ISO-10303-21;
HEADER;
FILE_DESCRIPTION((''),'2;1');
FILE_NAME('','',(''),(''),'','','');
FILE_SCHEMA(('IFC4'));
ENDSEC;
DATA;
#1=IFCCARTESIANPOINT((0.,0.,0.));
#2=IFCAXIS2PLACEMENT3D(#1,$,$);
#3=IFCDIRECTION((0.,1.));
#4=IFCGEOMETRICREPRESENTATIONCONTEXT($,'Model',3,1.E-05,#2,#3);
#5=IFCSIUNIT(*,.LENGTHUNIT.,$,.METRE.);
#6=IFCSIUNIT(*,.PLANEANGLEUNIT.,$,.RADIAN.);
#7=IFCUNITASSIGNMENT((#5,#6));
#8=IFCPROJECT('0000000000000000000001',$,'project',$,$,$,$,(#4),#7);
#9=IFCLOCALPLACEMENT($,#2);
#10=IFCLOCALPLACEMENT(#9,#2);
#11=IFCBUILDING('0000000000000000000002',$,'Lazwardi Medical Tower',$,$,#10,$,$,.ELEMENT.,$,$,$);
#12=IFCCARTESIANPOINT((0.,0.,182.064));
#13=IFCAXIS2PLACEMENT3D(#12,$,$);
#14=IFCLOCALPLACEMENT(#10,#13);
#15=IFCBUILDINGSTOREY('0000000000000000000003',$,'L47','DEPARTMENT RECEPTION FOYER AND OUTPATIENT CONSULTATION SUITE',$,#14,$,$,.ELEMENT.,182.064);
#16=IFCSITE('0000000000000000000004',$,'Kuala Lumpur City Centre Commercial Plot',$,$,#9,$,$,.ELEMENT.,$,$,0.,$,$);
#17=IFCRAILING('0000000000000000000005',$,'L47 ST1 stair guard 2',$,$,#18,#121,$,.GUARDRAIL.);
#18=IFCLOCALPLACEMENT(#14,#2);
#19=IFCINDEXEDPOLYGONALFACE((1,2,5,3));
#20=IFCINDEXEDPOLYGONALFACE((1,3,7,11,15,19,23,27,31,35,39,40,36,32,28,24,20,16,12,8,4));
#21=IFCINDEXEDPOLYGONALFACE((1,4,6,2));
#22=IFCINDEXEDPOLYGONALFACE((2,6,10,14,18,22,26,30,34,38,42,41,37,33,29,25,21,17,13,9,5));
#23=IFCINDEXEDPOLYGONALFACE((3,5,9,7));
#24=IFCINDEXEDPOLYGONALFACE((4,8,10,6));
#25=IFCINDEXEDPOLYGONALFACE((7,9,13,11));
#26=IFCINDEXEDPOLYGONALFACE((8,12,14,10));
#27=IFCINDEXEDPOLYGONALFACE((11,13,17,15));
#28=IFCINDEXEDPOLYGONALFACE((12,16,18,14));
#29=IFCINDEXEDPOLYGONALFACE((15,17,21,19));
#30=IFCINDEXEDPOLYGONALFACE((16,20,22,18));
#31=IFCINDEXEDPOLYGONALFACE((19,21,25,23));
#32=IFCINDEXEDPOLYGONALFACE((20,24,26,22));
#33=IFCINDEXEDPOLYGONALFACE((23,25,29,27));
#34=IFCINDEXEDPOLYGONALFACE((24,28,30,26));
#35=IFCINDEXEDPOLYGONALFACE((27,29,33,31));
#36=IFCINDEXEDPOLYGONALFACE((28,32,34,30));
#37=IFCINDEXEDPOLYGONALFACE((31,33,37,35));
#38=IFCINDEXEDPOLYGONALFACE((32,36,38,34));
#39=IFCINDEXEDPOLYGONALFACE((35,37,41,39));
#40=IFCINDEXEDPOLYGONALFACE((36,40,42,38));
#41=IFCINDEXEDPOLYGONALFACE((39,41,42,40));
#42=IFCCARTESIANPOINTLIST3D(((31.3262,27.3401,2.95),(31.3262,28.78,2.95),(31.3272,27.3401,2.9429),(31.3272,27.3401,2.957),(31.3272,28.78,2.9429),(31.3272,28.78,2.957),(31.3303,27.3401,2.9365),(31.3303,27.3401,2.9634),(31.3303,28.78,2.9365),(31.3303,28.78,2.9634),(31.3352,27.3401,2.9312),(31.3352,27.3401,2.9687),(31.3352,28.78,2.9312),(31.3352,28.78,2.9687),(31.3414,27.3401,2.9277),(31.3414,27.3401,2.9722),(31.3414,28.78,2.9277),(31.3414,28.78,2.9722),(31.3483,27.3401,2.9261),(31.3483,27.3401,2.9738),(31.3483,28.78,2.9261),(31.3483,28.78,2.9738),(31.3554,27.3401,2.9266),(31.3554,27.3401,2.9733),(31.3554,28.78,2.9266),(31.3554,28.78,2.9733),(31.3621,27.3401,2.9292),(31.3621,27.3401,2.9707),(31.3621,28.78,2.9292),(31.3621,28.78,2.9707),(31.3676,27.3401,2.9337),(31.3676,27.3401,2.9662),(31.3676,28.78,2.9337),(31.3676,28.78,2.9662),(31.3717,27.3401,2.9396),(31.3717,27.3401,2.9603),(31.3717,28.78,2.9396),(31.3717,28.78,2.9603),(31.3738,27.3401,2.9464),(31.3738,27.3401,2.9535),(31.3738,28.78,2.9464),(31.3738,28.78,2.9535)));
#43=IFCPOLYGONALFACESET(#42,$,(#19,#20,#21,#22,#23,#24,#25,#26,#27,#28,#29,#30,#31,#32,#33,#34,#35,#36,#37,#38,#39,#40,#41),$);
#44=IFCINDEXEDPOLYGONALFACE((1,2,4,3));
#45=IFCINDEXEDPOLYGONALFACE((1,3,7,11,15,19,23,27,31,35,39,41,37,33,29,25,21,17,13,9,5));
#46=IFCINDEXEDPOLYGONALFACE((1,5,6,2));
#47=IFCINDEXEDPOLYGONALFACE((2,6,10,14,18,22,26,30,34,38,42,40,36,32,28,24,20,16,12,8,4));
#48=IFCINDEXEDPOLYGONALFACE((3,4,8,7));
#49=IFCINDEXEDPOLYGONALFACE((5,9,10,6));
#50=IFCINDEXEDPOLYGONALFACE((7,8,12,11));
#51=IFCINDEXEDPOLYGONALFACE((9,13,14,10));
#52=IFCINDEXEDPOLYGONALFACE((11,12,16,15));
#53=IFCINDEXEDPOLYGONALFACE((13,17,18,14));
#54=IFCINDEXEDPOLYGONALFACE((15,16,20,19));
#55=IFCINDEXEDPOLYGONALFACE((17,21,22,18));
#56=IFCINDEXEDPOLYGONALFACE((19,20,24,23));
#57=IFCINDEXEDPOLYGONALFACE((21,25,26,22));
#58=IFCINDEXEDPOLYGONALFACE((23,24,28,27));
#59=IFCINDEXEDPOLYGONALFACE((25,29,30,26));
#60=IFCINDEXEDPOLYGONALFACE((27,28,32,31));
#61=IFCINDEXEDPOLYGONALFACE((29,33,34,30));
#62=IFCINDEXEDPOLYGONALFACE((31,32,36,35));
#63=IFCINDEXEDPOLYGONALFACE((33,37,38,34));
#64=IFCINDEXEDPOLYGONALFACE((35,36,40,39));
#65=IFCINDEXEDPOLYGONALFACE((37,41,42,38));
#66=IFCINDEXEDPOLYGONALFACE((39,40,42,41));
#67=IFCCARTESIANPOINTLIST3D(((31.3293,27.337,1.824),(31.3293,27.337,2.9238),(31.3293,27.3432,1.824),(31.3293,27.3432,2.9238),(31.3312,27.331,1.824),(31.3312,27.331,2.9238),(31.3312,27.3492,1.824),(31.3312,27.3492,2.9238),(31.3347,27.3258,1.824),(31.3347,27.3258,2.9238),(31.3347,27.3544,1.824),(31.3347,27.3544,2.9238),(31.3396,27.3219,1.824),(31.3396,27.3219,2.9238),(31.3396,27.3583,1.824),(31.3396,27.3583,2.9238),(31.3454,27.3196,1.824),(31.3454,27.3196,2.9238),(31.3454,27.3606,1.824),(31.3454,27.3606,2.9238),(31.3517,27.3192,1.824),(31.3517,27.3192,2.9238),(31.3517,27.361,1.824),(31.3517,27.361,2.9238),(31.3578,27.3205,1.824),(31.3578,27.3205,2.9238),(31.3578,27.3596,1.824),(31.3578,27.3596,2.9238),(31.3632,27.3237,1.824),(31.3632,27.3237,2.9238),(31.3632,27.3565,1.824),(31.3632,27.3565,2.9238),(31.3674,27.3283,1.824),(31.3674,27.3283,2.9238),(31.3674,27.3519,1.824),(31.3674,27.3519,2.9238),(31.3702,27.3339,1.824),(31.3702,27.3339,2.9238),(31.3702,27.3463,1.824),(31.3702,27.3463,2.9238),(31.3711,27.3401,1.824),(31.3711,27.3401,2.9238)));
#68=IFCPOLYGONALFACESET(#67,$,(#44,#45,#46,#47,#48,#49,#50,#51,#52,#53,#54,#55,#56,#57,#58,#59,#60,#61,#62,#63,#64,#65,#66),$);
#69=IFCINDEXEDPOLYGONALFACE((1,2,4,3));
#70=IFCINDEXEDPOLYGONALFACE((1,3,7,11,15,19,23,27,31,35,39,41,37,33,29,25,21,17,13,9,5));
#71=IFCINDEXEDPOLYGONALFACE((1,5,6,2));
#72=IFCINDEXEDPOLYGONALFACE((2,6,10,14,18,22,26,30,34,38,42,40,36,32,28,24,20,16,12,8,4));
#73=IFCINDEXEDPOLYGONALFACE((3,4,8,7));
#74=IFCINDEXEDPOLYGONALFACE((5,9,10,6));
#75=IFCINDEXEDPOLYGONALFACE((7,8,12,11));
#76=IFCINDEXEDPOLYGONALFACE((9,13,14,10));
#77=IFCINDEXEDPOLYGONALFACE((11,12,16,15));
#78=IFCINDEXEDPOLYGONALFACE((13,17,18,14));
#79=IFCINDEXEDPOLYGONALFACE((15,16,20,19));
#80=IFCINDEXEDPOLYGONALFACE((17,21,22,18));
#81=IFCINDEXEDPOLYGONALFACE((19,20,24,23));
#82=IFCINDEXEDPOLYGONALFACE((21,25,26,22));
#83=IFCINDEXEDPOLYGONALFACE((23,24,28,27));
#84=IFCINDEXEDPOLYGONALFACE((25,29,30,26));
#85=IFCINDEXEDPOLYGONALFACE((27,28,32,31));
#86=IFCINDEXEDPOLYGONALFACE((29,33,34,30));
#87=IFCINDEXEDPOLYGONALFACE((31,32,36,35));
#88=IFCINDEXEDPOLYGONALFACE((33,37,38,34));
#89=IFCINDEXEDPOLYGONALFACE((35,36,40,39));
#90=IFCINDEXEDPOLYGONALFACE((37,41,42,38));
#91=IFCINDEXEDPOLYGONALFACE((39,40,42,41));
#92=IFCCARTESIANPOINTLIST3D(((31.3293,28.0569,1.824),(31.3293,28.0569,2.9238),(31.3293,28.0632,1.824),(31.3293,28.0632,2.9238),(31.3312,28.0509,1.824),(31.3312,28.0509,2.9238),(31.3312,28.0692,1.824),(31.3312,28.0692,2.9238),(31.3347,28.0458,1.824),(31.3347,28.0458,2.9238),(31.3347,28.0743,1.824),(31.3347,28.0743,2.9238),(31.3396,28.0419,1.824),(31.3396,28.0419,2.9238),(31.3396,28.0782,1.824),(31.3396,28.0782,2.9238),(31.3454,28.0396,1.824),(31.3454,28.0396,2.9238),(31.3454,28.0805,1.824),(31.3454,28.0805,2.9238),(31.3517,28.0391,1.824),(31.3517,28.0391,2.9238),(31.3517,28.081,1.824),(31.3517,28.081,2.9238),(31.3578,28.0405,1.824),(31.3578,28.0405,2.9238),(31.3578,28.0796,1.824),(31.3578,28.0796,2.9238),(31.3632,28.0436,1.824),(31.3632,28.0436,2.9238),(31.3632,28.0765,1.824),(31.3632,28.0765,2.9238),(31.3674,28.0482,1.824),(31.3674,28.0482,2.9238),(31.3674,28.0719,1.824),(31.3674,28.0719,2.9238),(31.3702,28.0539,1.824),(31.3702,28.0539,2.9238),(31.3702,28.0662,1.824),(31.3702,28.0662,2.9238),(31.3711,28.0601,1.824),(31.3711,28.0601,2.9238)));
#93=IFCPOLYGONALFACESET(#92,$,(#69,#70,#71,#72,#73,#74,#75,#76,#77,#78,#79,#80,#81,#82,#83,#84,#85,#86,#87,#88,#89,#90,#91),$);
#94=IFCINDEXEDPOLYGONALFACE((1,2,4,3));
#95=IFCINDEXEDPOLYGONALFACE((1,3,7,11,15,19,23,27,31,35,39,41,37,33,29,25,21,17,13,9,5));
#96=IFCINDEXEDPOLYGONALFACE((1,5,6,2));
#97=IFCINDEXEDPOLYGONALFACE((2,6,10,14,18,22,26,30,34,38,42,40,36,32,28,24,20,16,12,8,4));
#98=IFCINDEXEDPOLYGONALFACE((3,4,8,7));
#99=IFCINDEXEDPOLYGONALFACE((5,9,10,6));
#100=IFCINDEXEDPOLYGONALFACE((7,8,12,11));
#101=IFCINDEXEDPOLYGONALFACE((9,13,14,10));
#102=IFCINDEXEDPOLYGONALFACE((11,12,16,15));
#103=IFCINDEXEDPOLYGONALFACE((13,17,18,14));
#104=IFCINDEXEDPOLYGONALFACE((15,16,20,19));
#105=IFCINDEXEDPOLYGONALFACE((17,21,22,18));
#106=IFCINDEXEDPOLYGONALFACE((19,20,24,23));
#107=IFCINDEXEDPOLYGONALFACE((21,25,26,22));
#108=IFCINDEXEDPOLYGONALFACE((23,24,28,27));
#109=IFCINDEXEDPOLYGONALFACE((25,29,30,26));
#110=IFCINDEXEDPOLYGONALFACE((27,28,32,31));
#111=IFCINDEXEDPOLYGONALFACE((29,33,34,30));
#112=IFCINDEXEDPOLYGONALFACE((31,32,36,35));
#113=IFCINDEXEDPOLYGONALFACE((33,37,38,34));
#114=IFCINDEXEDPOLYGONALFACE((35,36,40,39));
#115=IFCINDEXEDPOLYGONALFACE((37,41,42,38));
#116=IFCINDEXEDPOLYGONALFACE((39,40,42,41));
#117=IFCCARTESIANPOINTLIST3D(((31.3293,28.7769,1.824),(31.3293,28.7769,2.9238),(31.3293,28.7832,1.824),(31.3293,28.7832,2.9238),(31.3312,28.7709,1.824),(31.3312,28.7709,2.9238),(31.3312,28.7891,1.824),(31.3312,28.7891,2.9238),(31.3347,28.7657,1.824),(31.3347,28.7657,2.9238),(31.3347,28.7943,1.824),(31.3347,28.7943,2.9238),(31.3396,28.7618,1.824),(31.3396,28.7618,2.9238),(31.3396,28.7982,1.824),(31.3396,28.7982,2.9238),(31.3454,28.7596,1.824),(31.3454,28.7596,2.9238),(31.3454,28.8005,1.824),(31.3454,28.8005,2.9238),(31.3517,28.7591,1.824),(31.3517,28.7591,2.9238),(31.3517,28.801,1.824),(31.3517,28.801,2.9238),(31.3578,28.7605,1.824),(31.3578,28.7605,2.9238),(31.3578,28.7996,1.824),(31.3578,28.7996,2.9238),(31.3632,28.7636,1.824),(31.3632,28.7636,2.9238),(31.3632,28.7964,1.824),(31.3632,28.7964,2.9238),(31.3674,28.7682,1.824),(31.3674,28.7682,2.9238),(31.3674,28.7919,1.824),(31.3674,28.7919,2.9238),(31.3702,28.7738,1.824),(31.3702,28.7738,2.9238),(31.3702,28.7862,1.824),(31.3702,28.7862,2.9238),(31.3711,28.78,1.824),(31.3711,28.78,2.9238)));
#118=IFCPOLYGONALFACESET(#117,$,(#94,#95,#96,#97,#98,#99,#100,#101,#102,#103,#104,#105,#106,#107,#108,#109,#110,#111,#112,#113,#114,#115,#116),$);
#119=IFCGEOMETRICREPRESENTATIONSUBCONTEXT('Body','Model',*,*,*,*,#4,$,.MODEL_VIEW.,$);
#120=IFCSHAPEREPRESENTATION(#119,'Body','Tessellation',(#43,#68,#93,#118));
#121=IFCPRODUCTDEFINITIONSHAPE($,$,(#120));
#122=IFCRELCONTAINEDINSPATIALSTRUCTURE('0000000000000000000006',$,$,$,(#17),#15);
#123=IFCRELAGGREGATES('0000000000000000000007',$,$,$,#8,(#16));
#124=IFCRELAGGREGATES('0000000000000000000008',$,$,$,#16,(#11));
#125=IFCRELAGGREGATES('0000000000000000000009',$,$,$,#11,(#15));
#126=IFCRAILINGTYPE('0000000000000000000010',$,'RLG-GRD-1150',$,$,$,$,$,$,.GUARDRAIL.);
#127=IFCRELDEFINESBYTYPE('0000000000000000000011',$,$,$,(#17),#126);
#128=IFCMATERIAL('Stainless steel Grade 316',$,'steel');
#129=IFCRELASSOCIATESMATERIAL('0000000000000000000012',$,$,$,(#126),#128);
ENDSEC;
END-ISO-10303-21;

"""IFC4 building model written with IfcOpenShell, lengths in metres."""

from ifc_helpers import new_model, si_unit, direction, frame, origin, origin_2d, place, context, subcontext, project, spatial, circle, extrude, material, type_object, element, save


model = new_model("IFC4")

# Units and contexts
model_context = context("Model", 3, precision=1e-05, world=origin(), true_north=direction((0.0, 1.0)))
body_context = subcontext(model_context, "Body", "Model", "MODEL_VIEW")
ifc_project = project(units=[si_unit("LENGTHUNIT", "METRE"), si_unit("PLANEANGLEUNIT", "RADIAN")], contexts=[model_context])

# Site, building, storey
site_placement = place(None, origin())
site = spatial("IfcSite", under=ifc_project, at=site_placement, Name="Kuala Lumpur City Centre Commercial Plot", CompositionType="ELEMENT", RefElevation=0.0)
building_placement = place(site_placement, origin())
building = spatial("IfcBuilding", under=site, at=building_placement, Name="Lazwardi Medical Tower", CompositionType="ELEMENT")
storey_placement = place(building_placement, frame((0.0, 0.0, 182.064)))
storey = spatial("IfcBuildingStorey", under=building, at=storey_placement, Name="L47", Description="DEPARTMENT RECEPTION FOYER AND OUTPATIENT CONSULTATION SUITE", CompositionType="ELEMENT", Elevation=182.064)

# Railing
ifc_material_1 = material(Name="Stainless steel Grade 316", Category="steel")
railing_type_1 = type_object("IfcRailingType", Name="RLG-GRD-1150", PredefinedType="GUARDRAIL", material=ifc_material_1)
railing_1_placement = place(storey_placement, frame((31.3501, 27.3401, 1.824)))
element("IfcRailing", 1, at=railing_1_placement, inside=storey, type_object=railing_type_1, Name="L47 ST1 stair guard 2", PredefinedType="GUARDRAIL", context=body_context, shape_type="SweptSolid", body=[
    extrude(circle(Radius=0.0239, at=origin_2d()), frame((0.0, 0.0, 1.126), z_axis=(0.0, 1.0, 0.0), x_axis=(-1.0, 0.0, 0.0)), (0.0, 0.0, 1.0), 1.4399),
    extrude(circle(Radius=0.021, at=origin_2d()), origin(), (0.0, 0.0, 1.0), 1.0999),
    extrude(circle(Radius=0.021, at=origin_2d()), frame((0.0, 0.72, 0.0)), (0.0, 0.0, 1.0), 1.0999),
    extrude(circle(Radius=0.021, at=origin_2d()), frame((0.0, 1.4399, 0.0)), (0.0, 0.0, 1.0), 1.0999),
])

save(model, "model.ifc")
